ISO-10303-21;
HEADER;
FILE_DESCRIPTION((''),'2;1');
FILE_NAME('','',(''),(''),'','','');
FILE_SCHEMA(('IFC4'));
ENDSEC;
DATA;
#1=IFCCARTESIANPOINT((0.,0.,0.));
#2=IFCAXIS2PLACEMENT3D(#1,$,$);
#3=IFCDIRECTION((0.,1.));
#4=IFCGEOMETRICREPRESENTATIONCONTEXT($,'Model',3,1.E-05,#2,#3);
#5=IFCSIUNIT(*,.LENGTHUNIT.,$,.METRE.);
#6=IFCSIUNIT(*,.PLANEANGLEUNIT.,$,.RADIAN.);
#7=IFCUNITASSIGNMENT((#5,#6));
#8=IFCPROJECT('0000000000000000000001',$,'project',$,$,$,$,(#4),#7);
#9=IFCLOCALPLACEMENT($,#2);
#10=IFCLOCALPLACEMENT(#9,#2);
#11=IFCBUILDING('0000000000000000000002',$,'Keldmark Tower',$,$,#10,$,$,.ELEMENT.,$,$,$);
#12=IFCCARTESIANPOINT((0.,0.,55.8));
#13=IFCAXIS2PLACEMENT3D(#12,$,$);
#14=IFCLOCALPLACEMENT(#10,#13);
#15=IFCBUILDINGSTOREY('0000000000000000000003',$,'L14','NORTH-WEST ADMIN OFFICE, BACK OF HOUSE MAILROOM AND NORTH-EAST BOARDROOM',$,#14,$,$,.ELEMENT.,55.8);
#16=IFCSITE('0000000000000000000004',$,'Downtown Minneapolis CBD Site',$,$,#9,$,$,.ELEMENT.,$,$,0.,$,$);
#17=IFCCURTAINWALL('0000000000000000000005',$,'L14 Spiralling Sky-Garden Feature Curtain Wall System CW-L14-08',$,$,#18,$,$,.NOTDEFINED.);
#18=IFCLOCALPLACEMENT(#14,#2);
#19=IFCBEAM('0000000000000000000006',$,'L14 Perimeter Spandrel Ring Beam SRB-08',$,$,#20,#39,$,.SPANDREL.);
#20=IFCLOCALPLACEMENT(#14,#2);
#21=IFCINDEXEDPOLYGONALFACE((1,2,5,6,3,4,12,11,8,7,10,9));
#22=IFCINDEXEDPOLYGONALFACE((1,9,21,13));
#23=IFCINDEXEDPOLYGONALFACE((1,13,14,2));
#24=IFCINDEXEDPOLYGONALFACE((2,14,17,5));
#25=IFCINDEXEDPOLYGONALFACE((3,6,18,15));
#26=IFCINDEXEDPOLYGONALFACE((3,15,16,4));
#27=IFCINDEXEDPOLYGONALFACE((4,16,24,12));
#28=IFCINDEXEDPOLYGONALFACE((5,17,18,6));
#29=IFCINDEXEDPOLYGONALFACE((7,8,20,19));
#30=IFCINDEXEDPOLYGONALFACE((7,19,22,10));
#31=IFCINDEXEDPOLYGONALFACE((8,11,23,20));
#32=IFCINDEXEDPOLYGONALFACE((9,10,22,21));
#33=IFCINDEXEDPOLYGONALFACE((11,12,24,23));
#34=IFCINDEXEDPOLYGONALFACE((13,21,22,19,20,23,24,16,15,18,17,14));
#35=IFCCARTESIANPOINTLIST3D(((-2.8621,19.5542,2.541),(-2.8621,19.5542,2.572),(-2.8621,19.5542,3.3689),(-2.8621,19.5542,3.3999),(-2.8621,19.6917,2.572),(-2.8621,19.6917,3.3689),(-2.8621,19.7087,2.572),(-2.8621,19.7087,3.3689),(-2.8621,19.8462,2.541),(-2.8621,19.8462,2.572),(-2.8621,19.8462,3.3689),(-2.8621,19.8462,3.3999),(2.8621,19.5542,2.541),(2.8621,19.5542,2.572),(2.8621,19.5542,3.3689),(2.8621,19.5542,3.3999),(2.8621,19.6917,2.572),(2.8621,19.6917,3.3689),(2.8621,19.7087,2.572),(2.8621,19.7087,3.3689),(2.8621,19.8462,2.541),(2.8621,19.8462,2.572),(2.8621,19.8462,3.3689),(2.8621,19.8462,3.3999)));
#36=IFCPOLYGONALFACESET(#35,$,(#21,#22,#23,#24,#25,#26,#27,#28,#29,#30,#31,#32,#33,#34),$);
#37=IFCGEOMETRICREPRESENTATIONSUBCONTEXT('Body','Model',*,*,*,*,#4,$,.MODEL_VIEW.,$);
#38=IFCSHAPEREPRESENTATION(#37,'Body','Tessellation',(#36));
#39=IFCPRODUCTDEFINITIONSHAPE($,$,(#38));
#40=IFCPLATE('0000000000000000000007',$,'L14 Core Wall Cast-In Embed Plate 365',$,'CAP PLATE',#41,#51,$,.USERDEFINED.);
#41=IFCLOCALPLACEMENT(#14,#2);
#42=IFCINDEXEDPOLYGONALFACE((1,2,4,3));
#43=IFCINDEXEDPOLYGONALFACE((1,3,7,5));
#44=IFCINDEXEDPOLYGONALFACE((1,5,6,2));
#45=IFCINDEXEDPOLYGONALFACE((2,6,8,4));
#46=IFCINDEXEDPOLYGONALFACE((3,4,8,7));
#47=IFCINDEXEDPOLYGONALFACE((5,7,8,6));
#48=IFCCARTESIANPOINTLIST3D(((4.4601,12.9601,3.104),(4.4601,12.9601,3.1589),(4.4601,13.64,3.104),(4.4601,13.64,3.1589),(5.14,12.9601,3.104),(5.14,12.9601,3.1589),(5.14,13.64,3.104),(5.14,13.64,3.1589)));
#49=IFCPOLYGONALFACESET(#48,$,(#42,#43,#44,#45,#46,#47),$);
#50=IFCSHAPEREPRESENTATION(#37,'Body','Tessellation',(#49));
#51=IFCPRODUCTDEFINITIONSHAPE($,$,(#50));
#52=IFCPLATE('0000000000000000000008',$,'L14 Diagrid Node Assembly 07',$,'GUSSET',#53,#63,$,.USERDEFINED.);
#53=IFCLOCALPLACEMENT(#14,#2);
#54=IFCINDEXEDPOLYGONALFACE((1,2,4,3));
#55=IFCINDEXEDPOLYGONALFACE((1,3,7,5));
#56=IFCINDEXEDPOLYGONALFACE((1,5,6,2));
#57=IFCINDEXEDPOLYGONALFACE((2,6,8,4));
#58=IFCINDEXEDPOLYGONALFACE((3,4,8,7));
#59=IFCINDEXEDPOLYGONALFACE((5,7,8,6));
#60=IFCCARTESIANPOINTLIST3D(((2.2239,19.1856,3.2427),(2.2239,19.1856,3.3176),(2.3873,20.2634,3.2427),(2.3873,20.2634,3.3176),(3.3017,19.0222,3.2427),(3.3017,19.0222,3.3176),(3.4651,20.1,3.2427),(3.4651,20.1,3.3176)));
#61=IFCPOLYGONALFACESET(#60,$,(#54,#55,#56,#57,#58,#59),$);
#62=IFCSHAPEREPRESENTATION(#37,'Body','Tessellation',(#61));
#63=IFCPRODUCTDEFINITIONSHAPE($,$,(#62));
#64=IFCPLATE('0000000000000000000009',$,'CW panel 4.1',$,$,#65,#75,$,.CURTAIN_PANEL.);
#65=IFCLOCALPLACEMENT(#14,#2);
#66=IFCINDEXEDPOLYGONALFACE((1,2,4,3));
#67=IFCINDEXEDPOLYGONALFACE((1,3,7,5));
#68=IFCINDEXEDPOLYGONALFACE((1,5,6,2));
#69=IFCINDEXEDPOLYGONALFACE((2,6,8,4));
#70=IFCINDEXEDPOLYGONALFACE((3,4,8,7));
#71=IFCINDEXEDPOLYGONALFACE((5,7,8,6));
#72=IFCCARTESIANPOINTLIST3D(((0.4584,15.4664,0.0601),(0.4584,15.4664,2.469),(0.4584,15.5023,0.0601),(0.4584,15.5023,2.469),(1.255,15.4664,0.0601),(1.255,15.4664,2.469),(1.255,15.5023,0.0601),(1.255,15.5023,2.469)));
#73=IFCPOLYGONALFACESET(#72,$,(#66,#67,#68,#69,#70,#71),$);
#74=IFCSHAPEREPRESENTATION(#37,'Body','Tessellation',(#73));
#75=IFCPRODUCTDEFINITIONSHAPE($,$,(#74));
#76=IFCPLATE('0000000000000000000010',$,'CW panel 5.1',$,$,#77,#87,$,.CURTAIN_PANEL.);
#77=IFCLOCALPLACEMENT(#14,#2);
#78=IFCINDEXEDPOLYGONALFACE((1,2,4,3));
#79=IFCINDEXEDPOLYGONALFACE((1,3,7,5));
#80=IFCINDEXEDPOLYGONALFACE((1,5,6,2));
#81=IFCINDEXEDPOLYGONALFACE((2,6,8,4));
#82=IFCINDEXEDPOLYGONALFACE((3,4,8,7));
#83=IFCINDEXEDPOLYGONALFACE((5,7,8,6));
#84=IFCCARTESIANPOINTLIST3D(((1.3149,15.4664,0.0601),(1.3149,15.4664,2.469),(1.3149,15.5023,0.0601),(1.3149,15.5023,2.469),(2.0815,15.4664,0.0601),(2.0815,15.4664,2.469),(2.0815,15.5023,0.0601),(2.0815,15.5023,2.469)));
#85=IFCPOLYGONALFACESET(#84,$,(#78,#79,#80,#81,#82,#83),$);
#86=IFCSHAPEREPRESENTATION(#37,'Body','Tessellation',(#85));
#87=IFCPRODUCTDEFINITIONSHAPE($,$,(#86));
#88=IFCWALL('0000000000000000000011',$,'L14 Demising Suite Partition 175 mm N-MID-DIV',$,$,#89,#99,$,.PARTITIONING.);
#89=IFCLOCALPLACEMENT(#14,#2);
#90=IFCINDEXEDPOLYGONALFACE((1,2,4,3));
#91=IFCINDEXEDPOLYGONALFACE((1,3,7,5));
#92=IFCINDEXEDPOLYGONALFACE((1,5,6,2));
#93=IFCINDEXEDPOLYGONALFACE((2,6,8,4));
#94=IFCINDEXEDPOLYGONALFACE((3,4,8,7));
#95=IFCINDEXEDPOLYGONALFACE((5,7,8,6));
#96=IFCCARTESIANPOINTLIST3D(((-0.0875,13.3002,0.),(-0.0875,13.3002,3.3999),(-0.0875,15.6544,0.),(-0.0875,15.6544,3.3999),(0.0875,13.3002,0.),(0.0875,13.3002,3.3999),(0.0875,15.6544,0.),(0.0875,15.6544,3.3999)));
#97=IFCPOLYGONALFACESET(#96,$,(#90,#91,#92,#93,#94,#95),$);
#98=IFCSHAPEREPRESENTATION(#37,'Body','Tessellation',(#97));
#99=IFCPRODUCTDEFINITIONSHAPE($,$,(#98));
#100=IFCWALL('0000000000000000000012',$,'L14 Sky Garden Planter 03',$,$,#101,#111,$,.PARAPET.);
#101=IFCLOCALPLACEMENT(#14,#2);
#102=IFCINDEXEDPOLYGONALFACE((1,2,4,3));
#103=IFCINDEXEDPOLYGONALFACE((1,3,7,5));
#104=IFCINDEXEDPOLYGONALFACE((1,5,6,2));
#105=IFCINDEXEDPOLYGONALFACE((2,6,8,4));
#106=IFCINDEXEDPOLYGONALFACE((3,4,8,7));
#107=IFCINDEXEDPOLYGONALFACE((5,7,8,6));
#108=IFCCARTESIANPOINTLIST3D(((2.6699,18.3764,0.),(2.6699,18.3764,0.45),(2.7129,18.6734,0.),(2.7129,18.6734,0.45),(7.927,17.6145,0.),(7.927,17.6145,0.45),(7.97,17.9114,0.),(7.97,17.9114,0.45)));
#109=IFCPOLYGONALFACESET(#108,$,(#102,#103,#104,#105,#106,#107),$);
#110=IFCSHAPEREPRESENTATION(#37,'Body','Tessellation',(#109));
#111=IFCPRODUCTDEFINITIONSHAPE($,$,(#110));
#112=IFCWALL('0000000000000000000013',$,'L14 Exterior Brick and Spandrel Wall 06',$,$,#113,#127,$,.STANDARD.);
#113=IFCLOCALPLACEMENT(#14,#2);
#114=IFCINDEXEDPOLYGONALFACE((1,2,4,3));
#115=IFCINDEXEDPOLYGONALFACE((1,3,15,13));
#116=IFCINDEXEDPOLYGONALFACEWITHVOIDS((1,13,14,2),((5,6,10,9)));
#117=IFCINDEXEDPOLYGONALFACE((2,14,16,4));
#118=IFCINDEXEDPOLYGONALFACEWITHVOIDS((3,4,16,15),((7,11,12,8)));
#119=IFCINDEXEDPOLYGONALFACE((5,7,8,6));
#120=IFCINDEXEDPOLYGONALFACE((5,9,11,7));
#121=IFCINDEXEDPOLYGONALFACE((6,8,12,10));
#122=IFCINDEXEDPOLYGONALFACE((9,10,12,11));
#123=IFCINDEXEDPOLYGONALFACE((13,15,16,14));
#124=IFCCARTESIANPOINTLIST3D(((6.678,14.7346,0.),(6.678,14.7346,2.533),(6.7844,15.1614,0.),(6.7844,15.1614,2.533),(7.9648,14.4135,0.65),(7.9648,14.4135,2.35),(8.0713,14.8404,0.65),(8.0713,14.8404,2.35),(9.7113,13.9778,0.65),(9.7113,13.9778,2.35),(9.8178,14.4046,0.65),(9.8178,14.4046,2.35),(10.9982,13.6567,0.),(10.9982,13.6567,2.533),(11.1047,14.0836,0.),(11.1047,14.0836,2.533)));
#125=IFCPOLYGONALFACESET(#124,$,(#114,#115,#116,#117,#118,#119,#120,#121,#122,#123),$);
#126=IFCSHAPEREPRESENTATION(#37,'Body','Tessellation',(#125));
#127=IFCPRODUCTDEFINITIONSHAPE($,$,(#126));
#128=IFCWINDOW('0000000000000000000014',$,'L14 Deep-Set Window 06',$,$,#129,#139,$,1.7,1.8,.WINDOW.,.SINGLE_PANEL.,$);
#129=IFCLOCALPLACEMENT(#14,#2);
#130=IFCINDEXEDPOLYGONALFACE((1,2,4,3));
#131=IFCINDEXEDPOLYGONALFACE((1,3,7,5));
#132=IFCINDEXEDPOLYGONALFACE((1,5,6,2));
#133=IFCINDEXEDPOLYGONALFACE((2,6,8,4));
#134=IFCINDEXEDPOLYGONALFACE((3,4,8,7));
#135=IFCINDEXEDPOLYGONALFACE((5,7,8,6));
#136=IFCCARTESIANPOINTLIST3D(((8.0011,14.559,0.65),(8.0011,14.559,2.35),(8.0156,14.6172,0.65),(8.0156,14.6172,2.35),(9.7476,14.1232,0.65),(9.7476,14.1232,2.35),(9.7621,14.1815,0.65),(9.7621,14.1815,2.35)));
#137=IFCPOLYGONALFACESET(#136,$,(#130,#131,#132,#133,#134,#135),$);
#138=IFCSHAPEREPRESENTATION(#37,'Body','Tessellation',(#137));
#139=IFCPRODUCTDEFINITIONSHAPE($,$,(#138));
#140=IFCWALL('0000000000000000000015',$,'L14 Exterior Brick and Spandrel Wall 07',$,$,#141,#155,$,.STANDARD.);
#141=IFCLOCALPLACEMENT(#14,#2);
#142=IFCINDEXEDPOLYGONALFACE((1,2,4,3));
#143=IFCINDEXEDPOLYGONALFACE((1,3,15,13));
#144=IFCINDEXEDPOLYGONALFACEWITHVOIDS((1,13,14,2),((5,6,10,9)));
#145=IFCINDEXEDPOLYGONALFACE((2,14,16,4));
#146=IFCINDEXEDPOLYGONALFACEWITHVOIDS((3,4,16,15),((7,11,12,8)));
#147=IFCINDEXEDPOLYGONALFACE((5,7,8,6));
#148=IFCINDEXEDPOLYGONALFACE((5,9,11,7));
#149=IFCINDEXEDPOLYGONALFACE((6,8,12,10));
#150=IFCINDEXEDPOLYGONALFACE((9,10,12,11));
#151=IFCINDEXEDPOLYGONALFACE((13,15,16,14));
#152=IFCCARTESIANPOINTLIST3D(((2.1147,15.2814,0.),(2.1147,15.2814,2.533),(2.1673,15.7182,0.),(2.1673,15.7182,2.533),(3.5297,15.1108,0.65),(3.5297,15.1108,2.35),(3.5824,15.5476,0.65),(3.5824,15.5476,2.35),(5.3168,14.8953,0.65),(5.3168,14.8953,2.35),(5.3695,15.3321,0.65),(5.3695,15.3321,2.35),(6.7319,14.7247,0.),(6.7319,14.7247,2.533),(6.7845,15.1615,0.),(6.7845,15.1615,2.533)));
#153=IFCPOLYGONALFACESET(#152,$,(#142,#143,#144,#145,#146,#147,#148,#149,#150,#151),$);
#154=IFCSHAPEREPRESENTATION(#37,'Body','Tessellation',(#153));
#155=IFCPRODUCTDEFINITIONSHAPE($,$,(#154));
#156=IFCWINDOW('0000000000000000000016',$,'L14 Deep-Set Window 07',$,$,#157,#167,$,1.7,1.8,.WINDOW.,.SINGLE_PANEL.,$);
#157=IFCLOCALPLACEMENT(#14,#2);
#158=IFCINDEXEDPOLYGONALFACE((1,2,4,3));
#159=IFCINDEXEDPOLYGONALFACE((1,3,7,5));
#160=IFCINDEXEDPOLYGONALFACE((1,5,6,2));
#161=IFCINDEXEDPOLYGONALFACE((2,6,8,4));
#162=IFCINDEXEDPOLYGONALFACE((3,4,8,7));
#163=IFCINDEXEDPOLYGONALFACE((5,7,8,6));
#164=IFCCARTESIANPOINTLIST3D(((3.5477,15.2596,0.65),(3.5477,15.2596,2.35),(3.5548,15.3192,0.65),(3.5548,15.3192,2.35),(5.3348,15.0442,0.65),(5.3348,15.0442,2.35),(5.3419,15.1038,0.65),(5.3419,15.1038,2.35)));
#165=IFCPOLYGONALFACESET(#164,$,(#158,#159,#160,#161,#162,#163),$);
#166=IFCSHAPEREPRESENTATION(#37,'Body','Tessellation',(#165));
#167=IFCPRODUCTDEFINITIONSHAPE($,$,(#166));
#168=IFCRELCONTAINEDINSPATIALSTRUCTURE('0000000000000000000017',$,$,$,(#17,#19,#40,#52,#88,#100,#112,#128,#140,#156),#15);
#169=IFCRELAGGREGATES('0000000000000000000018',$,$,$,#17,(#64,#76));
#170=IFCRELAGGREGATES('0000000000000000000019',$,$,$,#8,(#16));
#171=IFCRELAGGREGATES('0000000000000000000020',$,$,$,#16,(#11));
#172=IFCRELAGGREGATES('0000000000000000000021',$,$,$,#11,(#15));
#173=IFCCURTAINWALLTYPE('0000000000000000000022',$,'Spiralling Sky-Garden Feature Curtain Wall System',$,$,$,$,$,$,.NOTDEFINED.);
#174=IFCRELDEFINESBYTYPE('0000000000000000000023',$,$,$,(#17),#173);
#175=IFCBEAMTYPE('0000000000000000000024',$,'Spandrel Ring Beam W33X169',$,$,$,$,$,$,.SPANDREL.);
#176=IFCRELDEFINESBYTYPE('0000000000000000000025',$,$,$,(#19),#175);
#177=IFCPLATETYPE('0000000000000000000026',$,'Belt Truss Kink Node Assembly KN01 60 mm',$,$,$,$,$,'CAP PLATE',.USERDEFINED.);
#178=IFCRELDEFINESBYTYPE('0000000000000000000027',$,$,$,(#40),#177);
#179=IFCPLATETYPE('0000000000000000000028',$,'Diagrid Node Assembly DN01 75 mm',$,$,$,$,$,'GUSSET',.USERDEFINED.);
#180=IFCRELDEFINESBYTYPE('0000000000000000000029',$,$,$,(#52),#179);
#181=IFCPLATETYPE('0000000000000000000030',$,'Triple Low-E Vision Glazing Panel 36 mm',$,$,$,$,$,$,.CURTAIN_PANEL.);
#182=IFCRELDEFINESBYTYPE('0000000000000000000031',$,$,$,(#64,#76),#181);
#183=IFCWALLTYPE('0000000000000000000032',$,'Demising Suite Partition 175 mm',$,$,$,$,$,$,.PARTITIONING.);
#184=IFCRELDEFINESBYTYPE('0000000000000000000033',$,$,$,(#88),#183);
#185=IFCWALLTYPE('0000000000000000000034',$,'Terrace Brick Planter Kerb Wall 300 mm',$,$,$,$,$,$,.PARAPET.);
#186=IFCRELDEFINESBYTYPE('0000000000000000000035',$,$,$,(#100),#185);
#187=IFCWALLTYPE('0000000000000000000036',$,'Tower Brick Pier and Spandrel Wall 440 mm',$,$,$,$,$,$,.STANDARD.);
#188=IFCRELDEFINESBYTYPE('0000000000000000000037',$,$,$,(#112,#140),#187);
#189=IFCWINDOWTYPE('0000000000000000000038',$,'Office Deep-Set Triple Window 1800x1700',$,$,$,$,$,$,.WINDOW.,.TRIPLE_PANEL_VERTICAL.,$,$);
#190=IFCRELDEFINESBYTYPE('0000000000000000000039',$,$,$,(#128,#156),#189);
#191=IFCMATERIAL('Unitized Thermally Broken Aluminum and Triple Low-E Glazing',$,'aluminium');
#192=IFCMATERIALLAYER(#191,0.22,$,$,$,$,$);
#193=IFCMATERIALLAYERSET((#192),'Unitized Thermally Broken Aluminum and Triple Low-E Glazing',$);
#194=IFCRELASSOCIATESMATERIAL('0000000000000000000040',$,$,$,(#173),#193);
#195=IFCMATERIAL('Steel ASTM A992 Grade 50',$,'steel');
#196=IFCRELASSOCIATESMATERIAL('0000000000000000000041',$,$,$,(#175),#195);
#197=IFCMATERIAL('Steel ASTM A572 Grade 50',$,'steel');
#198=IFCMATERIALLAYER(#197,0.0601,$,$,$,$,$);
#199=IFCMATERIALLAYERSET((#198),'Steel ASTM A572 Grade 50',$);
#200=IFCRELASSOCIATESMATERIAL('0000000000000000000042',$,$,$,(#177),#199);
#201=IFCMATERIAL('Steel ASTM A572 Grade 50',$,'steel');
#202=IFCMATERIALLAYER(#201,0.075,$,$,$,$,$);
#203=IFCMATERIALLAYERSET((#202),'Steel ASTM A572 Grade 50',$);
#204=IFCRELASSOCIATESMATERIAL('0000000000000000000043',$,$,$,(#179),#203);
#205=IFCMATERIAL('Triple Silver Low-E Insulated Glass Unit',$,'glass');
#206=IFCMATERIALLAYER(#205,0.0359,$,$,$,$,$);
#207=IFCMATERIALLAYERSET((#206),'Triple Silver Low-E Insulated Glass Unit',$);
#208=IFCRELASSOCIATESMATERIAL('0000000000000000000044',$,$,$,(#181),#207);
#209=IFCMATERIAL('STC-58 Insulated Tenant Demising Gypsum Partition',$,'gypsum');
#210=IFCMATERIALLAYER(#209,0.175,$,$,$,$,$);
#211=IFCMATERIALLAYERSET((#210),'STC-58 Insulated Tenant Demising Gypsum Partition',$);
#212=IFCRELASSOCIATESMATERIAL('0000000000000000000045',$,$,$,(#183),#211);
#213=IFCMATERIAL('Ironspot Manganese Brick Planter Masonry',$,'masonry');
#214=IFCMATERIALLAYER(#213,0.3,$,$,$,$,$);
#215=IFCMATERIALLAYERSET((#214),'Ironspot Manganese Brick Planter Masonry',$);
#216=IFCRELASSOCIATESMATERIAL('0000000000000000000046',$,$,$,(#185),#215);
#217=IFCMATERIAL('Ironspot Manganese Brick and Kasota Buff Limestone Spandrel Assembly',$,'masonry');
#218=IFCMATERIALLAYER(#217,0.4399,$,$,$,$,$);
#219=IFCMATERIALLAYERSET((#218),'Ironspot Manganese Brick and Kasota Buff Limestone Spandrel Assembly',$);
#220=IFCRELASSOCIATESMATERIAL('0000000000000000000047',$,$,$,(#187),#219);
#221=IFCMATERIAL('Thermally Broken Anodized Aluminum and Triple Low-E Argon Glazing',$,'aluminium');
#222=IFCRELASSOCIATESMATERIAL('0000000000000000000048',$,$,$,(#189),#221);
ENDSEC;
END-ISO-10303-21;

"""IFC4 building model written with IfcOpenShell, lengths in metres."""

from ifc_helpers import new_model, si_unit, direction, frame, frame_2d, origin, origin_2d, place, context, subcontext, project, spatial, rectangle, i_section, extrude, material, layer, layer_set, material_profile, profile_set, type_object, element, fill, aggregate, save


model = new_model("IFC4")

# Units and contexts
model_context = context("Model", 3, precision=1e-05, world=origin(), true_north=direction((0.0, 1.0)))
body_context = subcontext(model_context, "Body", "Model", "MODEL_VIEW")
ifc_project = project(units=[si_unit("LENGTHUNIT", "METRE"), si_unit("PLANEANGLEUNIT", "RADIAN")], contexts=[model_context])

# Site, building, storey
site_placement = place(None, origin())
site = spatial("IfcSite", under=ifc_project, at=site_placement, Name="Downtown Minneapolis CBD Site", CompositionType="ELEMENT", RefElevation=0.0)
building_placement = place(site_placement, origin())
building = spatial("IfcBuilding", under=site, at=building_placement, Name="Keldmark Tower", CompositionType="ELEMENT")
storey_placement = place(building_placement, frame((0.0, 0.0, 55.8)))
storey = spatial("IfcBuildingStorey", under=building, at=storey_placement, Name="L14", Description="NORTH-WEST ADMIN OFFICE, BACK OF HOUSE MAILROOM AND NORTH-EAST BOARDROOM", CompositionType="ELEMENT", Elevation=55.8)

# Curtain wall
ifc_material_1 = material(Name="Unitized Thermally Broken Aluminum and Triple Low-E Glazing", Category="aluminium")
ifc_layer_1 = layer(ifc_material_1, 0.22)
ifc_layer_set_1 = layer_set([ifc_layer_1], Name="Unitized Thermally Broken Aluminum and Triple Low-E Glazing")
curtain_wall_type = type_object("IfcCurtainWallType", Name="Spiralling Sky-Garden Feature Curtain Wall System", PredefinedType="NOTDEFINED", material=ifc_layer_set_1)
curtain_wall_placement = place(storey_placement, origin())
curtain_wall = element("IfcCurtainWall", 1, at=curtain_wall_placement, inside=storey, type_object=curtain_wall_type, Name="L14 Spiralling Sky-Garden Feature Curtain Wall System CW-L14-08", PredefinedType="NOTDEFINED")

# Beam
ifc_material_2 = material(Name="Steel ASTM A992 Grade 50", Category="steel")
ifc_material_profile_1 = material_profile(ifc_material_2, i_section(OverallWidth=0.292, OverallDepth=0.8589, WebThickness=0.0171, FlangeThickness=0.031, at=origin_2d()), Name="W33X169")
ifc_profile_set_1 = profile_set([ifc_material_profile_1], Name="Steel ASTM A992 Grade 50")
beam_type_1 = type_object("IfcBeamType", Name="Spandrel Ring Beam W33X169", PredefinedType="SPANDREL", material=ifc_profile_set_1)
beam_1_placement = place(storey_placement, frame((2.8621, 19.7002, 2.9705), z_axis=(-1.0, 0.0, 0.0), x_axis=(0.0, -1.0, 0.0)))
element("IfcBeam", 2, at=beam_1_placement, inside=storey, type_object=beam_type_1, Name="L14 Perimeter Spandrel Ring Beam SRB-08", PredefinedType="SPANDREL", context=body_context, shape_type="SweptSolid", body=[
    extrude(i_section(OverallWidth=0.292, OverallDepth=0.8589, WebThickness=0.0171, FlangeThickness=0.031, at=origin_2d()), origin(), (0.0, 0.0, 1.0), 5.7241),
])

# Plates
ifc_material_3 = material(Name="Steel ASTM A572 Grade 50", Category="steel")
ifc_layer_2 = layer(ifc_material_3, 0.0601)
ifc_layer_set_2 = layer_set([ifc_layer_2], Name="Steel ASTM A572 Grade 50")
plate_type_1 = type_object("IfcPlateType", Name="Belt Truss Kink Node Assembly KN01 60 mm", ElementType="CAP PLATE", PredefinedType="USERDEFINED", material=ifc_layer_set_2)
plate_1_placement = place(storey_placement, frame((4.8, 13.3, 3.104), z_axis=(0.0, 0.0, 1.0), x_axis=(1.0, 0.0, 0.0)))
element("IfcPlate", 3, at=plate_1_placement, inside=storey, type_object=plate_type_1, Name="L14 Core Wall Cast-In Embed Plate 365", ObjectType="CAP PLATE", PredefinedType="USERDEFINED", context=body_context, shape_type="SweptSolid", body=[
    extrude(rectangle(XDim=0.6799, YDim=0.6799, at=origin_2d()), origin(), (0.0, 0.0, 1.0), 0.0549),
])
ifc_material_4 = material(Name="Steel ASTM A572 Grade 50", Category="steel")
ifc_layer_3 = layer(ifc_material_4, 0.075)
ifc_layer_set_3 = layer_set([ifc_layer_3], Name="Steel ASTM A572 Grade 50")
plate_type_2 = type_object("IfcPlateType", Name="Diagrid Node Assembly DN01 75 mm", ElementType="GUSSET", PredefinedType="USERDEFINED", material=ifc_layer_set_3)
plate_2_placement = place(storey_placement, frame((2.8445, 19.6428, 3.2427), z_axis=(0.0, 0.0, 1.0), x_axis=(-0.988704, 0.14988, 0.0)))
element("IfcPlate", 4, at=plate_2_placement, inside=storey, type_object=plate_type_2, Name="L14 Diagrid Node Assembly 07", ObjectType="GUSSET", PredefinedType="USERDEFINED", context=body_context, shape_type="SweptSolid", body=[
    extrude(rectangle(XDim=1.0901, YDim=1.0901, at=origin_2d()), origin(), (0.0, 0.0, 1.0), 0.075),
])

# Plates
ifc_material_5 = material(Name="Triple Silver Low-E Insulated Glass Unit", Category="glass")
ifc_layer_4 = layer(ifc_material_5, 0.0359)
ifc_layer_set_4 = layer_set([ifc_layer_4], Name="Triple Silver Low-E Insulated Glass Unit")
plate_type_3 = type_object("IfcPlateType", Name="Triple Low-E Vision Glazing Panel 36 mm", PredefinedType="CURTAIN_PANEL", material=ifc_layer_set_4)
plate_3_placement = place(storey_placement, frame((0.8567, 15.4844, 0.0601), z_axis=(0.0, 0.0, 1.0), x_axis=(1.0, 0.0, 0.0)))
plate_3 = element("IfcPlate", 5, at=plate_3_placement, type_object=plate_type_3, Name="CW panel 4.1", PredefinedType="CURTAIN_PANEL", context=body_context, shape_type="SweptSolid", body=[
    extrude(rectangle(XDim=0.7966, YDim=0.0359, at=origin_2d()), origin(), (0.0, 0.0, 1.0), 2.4089),
])
plate_4_placement = place(storey_placement, frame((1.6982, 15.4844, 0.0601), z_axis=(0.0, 0.0, 1.0), x_axis=(1.0, 0.0, 0.0)))
plate_4 = element("IfcPlate", 6, at=plate_4_placement, type_object=plate_type_3, Name="CW panel 5.1", PredefinedType="CURTAIN_PANEL", context=body_context, shape_type="SweptSolid", body=[
    extrude(rectangle(XDim=0.7666, YDim=0.0359, at=origin_2d()), origin(), (0.0, 0.0, 1.0), 2.4089),
])
aggregate(curtain_wall, [plate_3, plate_4])

# Walls
ifc_material_6 = material(Name="STC-58 Insulated Tenant Demising Gypsum Partition", Category="gypsum")
ifc_layer_5 = layer(ifc_material_6, 0.175)
ifc_layer_set_5 = layer_set([ifc_layer_5], Name="STC-58 Insulated Tenant Demising Gypsum Partition")
wall_type_1 = type_object("IfcWallType", Name="Demising Suite Partition 175 mm", PredefinedType="PARTITIONING", material=ifc_layer_set_5)
wall_1_placement = place(storey_placement, frame((0.0, 13.3, 0.0), z_axis=(0.0, 0.0, 1.0), x_axis=(0.0, 1.0, 0.0)))
element("IfcWall", 7, at=wall_1_placement, inside=storey, type_object=wall_type_1, Name="L14 Demising Suite Partition 175 mm N-MID-DIV", PredefinedType="PARTITIONING", context=body_context, shape_type="SweptSolid", body=[
    extrude(rectangle(XDim=2.3542, YDim=0.175, at=frame_2d((1.1772, 0.0))), origin(), (0.0, 0.0, 1.0), 3.3999),
])
ifc_material_7 = material(Name="Ironspot Manganese Brick Planter Masonry", Category="masonry")
ifc_layer_6 = layer(ifc_material_7, 0.3)
ifc_layer_set_6 = layer_set([ifc_layer_6], Name="Ironspot Manganese Brick Planter Masonry")
wall_type_2 = type_object("IfcWallType", Name="Terrace Brick Planter Kerb Wall 300 mm", PredefinedType="PARAPET", material=ifc_layer_set_6)
wall_2_placement = place(storey_placement, frame((7.9485, 17.7629, 0.0), z_axis=(0.0, 0.0, 1.0), x_axis=(-0.989659, 0.143441, 0.0)))
element("IfcWall", 8, at=wall_2_placement, inside=storey, type_object=wall_type_2, Name="L14 Sky Garden Planter 03", PredefinedType="PARAPET", context=body_context, shape_type="SweptSolid", body=[
    extrude(rectangle(XDim=5.312, YDim=0.3, at=frame_2d((2.656, 0.0))), origin(), (0.0, 0.0, 1.0), 0.45),
])

# Shared definitions
ifc_material_8 = material(Name="Ironspot Manganese Brick and Kasota Buff Limestone Spandrel Assembly", Category="masonry")
ifc_layer_7 = layer(ifc_material_8, 0.4399)
ifc_layer_set_7 = layer_set([ifc_layer_7], Name="Ironspot Manganese Brick and Kasota Buff Limestone Spandrel Assembly")
wall_type_3 = type_object("IfcWallType", Name="Tower Brick Pier and Spandrel Wall 440 mm", PredefinedType="STANDARD", material=ifc_layer_set_7)

# Walls, openings, windows
wall_3_placement = place(storey_placement, frame((6.7312, 14.948, 0.0), z_axis=(0.0, 0.0, 1.0), x_axis=(0.970258, -0.242071, 0.0)))
wall_3 = element("IfcWall", 9, at=wall_3_placement, inside=storey, type_object=wall_type_3, Name="L14 Exterior Brick and Spandrel Wall 06", PredefinedType="STANDARD", context=body_context, shape_type="SweptSolid", body=[
    extrude(rectangle(XDim=4.4526, YDim=0.4399, at=frame_2d((2.2263, 0.0))), origin(), (0.0, 0.0, 1.0), 2.533),
])
opening_1_placement = place(wall_3_placement, frame((1.3264, 0.0, 0.6499)))
opening_1 = element("IfcOpeningElement", 10, at=opening_1_placement, cuts=wall_3, PredefinedType="OPENING", context=body_context, shape_type="SweptSolid", body=[
    extrude(rectangle(XDim=1.8, YDim=1.7, at=frame_2d((0.8999, 0.8501))), frame((0.0, 0.23, 0.0), z_axis=(0.0, -1.0, 0.0), x_axis=(1.0, 0.0, 0.0)), (0.0, 0.0, 1.0), 0.46),
])
ifc_material_9 = material(Name="Thermally Broken Anodized Aluminum and Triple Low-E Argon Glazing", Category="aluminium")
window_type = type_object("IfcWindowType", Name="Office Deep-Set Triple Window 1800x1700", PartitioningType="TRIPLE_PANEL_VERTICAL", PredefinedType="WINDOW", material=ifc_material_9)
window_1_placement = place(opening_1_placement, origin())
window_1 = element("IfcWindow", 11, at=window_1_placement, inside=storey, type_object=window_type, Name="L14 Deep-Set Window 06", OverallHeight=1.7, OverallWidth=1.8, PartitioningType="SINGLE_PANEL", PredefinedType="WINDOW", context=body_context, shape_type="SweptSolid", body=[
    extrude(rectangle(XDim=1.8, YDim=1.7, at=frame_2d((0.8999, 0.8501))), frame((0.0, -0.01, 0.0), z_axis=(0.0, -1.0, 0.0), x_axis=(1.0, 0.0, 0.0)), (0.0, 0.0, 1.0), 0.0601),
])
fill(opening_1, window_1)
wall_4_placement = place(storey_placement, frame((2.1411, 15.4998, 0.0), z_axis=(0.0, 0.0, 1.0), x_axis=(0.992811, -0.119692, 0.0)))
wall_4 = element("IfcWall", 12, at=wall_4_placement, inside=storey, type_object=wall_type_3, Name="L14 Exterior Brick and Spandrel Wall 07", PredefinedType="STANDARD", context=body_context, shape_type="SweptSolid", body=[
    extrude(rectangle(XDim=4.6506, YDim=0.4399, at=frame_2d((2.3252, 0.0))), origin(), (0.0, 0.0, 1.0), 2.533),
])
opening_2_placement = place(wall_4_placement, frame((1.4253, 0.0, 0.6499)))
opening_2 = element("IfcOpeningElement", 13, at=opening_2_placement, cuts=wall_4, PredefinedType="OPENING", context=body_context, shape_type="SweptSolid", body=[
    extrude(rectangle(XDim=1.8, YDim=1.7, at=frame_2d((0.8999, 0.8501))), frame((0.0, 0.23, 0.0), z_axis=(0.0, -1.0, 0.0), x_axis=(1.0, 0.0, 0.0)), (0.0, 0.0, 1.0), 0.46),
])
window_2_placement = place(opening_2_placement, origin())
window_2 = element("IfcWindow", 14, at=window_2_placement, inside=storey, type_object=window_type, Name="L14 Deep-Set Window 07", OverallHeight=1.7, OverallWidth=1.8, PartitioningType="SINGLE_PANEL", PredefinedType="WINDOW", context=body_context, shape_type="SweptSolid", body=[
    extrude(rectangle(XDim=1.8, YDim=1.7, at=frame_2d((0.8999, 0.8501))), frame((0.0, -0.01, 0.0), z_axis=(0.0, -1.0, 0.0), x_axis=(1.0, 0.0, 0.0)), (0.0, 0.0, 1.0), 0.0601),
])
fill(opening_2, window_2)

save(model, "model.ifc")
